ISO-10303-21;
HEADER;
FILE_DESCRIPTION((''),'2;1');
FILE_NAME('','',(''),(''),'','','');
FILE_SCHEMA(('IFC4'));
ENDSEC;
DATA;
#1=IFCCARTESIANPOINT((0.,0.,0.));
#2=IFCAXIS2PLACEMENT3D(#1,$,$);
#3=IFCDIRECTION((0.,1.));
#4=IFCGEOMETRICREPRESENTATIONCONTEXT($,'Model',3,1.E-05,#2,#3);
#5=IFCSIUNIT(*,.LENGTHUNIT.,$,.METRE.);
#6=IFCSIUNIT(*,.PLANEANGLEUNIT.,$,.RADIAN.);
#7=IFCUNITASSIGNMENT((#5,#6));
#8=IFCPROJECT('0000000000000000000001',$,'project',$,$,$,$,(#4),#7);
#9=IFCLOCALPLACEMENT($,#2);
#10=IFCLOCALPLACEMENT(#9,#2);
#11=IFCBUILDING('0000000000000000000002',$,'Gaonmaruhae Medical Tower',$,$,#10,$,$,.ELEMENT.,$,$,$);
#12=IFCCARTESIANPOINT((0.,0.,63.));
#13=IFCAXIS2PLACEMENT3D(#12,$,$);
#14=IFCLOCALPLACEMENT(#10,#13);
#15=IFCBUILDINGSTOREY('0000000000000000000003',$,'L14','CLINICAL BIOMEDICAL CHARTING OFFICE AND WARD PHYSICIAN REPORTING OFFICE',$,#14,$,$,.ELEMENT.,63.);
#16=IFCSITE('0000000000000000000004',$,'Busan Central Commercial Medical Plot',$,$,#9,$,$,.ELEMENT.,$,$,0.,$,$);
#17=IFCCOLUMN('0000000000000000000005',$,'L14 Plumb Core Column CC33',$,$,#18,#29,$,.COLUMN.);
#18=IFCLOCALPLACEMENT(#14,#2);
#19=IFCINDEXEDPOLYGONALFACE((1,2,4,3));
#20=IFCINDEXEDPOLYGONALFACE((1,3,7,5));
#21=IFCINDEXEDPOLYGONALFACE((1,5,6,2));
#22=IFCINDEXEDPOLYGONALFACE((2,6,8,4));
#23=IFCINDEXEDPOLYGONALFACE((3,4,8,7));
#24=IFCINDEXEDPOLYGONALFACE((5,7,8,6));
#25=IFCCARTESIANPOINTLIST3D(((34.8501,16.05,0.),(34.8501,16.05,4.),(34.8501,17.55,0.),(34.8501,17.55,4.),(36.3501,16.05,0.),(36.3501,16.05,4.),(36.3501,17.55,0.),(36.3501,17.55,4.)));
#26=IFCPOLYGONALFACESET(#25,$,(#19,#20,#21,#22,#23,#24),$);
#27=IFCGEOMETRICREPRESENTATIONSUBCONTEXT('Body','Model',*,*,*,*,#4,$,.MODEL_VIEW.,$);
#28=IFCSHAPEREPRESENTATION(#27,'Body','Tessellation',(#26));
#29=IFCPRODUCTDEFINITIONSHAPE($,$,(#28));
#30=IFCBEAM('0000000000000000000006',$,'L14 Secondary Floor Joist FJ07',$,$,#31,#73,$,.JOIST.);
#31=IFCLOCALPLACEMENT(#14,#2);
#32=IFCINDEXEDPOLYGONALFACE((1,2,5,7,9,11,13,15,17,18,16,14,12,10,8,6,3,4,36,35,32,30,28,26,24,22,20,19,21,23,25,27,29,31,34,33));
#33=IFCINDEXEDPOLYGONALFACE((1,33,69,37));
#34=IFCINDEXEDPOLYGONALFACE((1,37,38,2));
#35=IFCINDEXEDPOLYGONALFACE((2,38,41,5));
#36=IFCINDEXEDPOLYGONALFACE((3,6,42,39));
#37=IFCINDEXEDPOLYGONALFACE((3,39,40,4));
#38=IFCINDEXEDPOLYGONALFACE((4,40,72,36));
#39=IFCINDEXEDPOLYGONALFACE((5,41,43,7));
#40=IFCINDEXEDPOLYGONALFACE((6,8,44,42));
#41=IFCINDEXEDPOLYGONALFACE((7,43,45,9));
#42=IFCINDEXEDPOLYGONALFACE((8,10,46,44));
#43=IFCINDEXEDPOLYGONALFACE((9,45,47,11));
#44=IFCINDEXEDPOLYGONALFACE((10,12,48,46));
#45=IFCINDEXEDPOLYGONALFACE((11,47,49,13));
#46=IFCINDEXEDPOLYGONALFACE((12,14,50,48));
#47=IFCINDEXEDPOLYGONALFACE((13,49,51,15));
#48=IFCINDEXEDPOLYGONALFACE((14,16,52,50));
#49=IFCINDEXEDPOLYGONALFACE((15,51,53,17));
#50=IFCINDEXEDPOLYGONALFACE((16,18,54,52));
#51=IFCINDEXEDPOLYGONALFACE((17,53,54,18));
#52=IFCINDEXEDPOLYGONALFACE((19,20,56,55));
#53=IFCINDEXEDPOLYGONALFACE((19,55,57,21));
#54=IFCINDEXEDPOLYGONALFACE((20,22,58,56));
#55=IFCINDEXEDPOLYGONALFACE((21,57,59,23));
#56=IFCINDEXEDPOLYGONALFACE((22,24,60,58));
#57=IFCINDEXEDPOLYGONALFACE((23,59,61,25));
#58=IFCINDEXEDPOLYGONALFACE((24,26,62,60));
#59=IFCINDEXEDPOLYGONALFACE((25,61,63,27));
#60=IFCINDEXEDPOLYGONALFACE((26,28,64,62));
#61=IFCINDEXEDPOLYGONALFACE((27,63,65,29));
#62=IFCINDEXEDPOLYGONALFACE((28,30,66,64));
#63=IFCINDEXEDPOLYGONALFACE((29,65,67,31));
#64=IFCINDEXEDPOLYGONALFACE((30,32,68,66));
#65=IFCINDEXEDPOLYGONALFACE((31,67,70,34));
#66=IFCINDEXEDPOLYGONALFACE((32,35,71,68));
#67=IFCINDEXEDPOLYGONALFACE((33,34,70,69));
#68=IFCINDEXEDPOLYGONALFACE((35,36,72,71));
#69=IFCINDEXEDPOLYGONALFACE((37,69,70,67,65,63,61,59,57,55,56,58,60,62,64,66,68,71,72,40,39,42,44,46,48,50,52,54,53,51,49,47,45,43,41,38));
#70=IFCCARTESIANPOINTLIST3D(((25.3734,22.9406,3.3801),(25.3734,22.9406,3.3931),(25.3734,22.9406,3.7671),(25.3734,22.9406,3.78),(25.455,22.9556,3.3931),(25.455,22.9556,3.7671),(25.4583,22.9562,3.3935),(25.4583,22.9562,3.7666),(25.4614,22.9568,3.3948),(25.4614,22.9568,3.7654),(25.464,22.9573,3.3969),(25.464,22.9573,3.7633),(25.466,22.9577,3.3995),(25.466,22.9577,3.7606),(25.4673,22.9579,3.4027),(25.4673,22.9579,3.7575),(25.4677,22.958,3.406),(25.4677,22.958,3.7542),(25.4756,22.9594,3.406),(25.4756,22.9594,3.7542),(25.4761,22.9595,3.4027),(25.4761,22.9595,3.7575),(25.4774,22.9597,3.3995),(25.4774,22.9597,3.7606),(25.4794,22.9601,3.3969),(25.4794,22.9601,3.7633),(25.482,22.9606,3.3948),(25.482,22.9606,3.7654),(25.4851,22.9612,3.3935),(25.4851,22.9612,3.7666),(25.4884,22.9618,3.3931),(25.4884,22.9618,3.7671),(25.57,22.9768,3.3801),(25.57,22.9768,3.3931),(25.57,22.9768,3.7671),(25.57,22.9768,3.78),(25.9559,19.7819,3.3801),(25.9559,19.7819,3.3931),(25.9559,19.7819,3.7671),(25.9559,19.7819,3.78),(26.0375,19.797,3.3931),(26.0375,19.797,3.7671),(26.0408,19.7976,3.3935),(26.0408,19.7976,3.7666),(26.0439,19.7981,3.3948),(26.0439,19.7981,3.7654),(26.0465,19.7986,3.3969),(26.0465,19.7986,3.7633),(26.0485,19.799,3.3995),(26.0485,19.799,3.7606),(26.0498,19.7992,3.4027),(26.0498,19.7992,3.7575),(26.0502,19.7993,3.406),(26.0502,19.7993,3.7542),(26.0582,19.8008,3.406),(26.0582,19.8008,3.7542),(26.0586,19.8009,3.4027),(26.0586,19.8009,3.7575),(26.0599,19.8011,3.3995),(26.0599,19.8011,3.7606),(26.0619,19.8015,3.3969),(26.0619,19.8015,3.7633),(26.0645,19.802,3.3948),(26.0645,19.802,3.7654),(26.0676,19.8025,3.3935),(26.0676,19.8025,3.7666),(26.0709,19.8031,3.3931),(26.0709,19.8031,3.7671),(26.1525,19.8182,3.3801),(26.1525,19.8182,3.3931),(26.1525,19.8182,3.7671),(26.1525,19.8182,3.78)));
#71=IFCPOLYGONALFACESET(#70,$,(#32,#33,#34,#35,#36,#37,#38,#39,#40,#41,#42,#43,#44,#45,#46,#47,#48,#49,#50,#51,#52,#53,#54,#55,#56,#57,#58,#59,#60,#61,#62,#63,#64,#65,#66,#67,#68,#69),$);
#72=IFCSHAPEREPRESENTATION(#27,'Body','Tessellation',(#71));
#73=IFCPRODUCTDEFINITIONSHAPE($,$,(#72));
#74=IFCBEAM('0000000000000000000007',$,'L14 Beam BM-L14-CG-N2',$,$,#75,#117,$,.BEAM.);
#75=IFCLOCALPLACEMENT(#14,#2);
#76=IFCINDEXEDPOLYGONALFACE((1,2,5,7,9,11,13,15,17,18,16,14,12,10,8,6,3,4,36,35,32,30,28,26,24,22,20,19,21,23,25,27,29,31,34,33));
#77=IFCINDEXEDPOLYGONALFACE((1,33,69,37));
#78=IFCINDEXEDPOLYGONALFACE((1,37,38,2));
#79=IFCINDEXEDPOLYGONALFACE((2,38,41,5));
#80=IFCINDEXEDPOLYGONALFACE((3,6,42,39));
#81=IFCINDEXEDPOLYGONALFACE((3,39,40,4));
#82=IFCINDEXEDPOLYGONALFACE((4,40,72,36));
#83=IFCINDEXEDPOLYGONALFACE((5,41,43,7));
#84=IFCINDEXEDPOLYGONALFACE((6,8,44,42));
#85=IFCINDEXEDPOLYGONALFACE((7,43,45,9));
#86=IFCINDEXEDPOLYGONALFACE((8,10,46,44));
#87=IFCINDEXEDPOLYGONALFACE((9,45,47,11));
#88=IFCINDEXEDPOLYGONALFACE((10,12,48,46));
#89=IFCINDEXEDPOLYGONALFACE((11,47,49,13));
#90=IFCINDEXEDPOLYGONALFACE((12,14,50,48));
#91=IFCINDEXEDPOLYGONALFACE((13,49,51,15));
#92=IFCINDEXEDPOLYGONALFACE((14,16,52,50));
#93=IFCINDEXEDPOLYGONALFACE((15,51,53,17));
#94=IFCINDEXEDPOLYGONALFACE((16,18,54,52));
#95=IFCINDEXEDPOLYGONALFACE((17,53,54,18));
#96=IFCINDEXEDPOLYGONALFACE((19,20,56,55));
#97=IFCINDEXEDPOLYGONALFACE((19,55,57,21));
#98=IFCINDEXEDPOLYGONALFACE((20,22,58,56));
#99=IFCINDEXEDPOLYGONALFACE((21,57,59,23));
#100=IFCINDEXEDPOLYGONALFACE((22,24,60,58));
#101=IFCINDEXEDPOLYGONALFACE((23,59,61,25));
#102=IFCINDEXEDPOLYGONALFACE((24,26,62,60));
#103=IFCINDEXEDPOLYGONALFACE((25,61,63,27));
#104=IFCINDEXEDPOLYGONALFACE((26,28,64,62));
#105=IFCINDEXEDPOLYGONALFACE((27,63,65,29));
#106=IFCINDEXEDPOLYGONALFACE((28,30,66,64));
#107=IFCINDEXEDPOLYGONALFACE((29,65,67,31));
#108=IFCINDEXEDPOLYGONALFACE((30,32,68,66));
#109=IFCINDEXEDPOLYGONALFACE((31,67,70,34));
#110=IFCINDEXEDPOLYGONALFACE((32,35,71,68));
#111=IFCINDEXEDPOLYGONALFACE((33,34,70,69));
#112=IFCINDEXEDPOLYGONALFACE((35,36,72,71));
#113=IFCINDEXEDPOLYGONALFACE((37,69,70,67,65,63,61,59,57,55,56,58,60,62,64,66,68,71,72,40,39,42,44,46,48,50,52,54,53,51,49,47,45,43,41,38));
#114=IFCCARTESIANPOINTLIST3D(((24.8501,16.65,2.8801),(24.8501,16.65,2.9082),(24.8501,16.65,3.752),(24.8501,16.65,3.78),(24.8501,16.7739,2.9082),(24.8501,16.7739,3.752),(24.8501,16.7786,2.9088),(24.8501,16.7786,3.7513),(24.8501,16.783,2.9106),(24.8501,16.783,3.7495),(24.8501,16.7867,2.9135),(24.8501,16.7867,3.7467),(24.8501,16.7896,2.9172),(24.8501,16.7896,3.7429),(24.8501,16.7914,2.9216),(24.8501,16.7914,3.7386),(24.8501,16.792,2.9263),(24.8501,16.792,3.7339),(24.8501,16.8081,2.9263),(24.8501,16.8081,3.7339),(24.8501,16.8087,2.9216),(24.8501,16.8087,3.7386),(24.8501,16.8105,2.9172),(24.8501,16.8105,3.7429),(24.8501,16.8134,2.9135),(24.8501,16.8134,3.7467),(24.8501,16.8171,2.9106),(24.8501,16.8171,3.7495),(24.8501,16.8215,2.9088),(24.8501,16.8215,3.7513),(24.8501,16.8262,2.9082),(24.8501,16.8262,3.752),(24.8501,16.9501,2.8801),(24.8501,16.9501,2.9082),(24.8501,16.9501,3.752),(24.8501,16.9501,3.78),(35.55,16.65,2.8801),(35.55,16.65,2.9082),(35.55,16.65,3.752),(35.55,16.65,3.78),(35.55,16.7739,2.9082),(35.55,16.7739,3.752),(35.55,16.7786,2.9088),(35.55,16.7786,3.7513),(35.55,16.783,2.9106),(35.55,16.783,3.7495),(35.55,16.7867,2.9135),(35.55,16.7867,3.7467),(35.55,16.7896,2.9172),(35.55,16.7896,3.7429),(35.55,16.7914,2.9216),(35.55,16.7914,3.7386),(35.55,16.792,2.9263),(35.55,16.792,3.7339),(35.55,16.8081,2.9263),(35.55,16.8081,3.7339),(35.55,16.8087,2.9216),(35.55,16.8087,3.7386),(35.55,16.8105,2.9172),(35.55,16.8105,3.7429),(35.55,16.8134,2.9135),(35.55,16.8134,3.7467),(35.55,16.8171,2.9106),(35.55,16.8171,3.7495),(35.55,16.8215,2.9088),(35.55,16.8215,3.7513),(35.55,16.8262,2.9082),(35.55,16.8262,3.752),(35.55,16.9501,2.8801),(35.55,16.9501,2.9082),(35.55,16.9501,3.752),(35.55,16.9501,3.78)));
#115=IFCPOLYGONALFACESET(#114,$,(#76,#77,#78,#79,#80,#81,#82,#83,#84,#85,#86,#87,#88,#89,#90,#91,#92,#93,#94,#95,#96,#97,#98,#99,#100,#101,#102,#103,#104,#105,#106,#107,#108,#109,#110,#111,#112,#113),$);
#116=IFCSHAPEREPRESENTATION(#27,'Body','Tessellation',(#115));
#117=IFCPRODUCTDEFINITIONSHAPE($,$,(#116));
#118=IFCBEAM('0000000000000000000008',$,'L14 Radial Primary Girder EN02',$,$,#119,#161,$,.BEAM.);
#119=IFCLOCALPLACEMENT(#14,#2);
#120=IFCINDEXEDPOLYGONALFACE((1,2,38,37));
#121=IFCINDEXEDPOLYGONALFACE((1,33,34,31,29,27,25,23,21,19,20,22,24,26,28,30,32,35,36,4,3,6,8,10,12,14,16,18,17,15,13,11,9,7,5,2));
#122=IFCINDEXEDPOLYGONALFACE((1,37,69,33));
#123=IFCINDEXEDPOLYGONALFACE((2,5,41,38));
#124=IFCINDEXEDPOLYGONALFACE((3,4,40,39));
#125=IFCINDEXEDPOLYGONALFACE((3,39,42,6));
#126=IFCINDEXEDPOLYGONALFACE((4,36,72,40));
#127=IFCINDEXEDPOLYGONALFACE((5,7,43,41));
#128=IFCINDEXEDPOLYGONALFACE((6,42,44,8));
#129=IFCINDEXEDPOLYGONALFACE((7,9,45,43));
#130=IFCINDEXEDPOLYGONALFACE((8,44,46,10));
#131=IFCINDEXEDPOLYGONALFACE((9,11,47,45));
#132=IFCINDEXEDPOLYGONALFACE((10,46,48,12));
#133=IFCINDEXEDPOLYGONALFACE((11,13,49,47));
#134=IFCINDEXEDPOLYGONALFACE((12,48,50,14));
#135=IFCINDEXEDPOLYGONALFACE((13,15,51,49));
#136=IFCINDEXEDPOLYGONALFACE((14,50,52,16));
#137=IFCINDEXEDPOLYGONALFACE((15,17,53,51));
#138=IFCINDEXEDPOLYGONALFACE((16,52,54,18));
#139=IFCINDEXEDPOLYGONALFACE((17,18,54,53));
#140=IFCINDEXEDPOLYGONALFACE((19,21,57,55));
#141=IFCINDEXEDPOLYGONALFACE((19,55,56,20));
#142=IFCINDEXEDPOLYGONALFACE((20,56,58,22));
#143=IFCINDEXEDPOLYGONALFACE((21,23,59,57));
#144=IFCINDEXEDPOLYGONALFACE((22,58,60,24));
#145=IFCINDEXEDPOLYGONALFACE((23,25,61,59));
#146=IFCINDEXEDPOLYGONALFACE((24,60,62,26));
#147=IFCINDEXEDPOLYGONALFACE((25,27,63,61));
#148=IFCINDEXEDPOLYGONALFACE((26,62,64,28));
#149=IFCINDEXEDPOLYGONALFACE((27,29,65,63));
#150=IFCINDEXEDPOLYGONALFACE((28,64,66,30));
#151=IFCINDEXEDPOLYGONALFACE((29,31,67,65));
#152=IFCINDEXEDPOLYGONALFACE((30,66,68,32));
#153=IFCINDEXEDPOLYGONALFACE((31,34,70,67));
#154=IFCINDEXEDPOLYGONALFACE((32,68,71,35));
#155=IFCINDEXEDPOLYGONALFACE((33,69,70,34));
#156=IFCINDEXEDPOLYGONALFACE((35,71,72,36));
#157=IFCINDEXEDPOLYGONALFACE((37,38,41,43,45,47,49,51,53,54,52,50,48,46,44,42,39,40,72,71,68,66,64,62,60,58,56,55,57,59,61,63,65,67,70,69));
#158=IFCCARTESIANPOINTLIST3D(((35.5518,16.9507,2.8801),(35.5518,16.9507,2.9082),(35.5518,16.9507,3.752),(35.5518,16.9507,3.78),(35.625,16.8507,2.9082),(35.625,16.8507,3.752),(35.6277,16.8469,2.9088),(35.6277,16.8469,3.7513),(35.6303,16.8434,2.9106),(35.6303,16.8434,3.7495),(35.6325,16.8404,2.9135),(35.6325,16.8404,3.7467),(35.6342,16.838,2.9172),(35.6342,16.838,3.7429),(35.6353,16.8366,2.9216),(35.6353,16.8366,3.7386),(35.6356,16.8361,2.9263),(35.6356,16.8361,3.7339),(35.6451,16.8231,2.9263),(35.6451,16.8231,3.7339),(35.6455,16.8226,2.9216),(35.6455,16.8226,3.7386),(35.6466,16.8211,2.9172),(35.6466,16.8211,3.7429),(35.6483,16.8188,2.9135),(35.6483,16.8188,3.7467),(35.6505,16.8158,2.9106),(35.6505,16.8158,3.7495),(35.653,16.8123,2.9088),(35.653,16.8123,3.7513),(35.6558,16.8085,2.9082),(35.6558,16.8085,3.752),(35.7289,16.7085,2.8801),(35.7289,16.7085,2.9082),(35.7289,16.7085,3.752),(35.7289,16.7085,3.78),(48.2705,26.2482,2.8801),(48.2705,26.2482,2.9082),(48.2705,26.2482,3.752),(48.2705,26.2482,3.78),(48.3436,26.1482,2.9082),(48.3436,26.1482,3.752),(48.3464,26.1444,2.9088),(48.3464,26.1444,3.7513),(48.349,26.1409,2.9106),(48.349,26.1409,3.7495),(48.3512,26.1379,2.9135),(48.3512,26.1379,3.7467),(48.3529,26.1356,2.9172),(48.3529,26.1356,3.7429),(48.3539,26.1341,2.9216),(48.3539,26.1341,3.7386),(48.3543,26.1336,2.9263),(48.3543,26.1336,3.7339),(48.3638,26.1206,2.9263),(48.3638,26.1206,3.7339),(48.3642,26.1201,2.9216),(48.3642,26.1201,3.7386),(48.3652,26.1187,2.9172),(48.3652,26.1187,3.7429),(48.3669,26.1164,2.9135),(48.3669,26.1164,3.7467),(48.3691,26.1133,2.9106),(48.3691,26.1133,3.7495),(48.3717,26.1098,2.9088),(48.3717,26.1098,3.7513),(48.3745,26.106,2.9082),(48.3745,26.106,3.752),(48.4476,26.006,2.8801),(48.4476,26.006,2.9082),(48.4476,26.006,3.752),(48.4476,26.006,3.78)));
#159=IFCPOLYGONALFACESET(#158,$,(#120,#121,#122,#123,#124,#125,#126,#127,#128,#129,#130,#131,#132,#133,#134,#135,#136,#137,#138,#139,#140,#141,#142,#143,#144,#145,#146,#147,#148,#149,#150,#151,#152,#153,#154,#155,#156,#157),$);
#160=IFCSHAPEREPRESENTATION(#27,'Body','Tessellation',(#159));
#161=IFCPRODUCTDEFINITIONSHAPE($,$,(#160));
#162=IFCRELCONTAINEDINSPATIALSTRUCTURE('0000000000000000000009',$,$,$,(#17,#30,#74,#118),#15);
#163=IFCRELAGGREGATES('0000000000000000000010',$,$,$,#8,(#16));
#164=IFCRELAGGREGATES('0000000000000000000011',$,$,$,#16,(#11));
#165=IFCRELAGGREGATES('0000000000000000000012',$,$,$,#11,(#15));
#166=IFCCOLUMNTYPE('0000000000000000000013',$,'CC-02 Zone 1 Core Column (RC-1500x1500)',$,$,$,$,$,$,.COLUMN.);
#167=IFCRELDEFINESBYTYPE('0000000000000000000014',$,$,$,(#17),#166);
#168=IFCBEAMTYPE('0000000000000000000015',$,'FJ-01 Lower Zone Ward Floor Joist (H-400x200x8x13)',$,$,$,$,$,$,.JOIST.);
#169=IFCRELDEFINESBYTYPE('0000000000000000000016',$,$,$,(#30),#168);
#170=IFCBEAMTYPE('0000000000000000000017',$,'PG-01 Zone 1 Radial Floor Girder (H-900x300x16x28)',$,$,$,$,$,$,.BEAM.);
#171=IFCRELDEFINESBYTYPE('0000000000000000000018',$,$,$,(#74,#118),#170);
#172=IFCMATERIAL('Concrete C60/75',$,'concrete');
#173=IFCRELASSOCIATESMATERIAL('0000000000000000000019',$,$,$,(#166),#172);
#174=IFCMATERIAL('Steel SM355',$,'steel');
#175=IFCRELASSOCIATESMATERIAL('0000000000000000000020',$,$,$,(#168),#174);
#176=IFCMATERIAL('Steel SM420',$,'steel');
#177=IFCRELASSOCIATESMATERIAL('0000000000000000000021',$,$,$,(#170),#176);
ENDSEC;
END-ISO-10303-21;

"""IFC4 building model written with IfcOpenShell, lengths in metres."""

from ifc_helpers import new_model, si_unit, direction, frame, origin, origin_2d, place, context, subcontext, project, spatial, rectangle, i_section, extrude, material, material_profile, profile_set, type_object, element, save


model = new_model("IFC4")

# Units and contexts
model_context = context("Model", 3, precision=1e-05, world=origin(), true_north=direction((0.0, 1.0)))
body_context = subcontext(model_context, "Body", "Model", "MODEL_VIEW")
ifc_project = project(units=[si_unit("LENGTHUNIT", "METRE"), si_unit("PLANEANGLEUNIT", "RADIAN")], contexts=[model_context])

# Site, building, storey
site_placement = place(None, origin())
site = spatial("IfcSite", under=ifc_project, at=site_placement, Name="Busan Central Commercial Medical Plot", CompositionType="ELEMENT", RefElevation=0.0)
building_placement = place(site_placement, origin())
building = spatial("IfcBuilding", under=site, at=building_placement, Name="Gaonmaruhae Medical Tower", CompositionType="ELEMENT")
storey_placement = place(building_placement, frame((0.0, 0.0, 63.0)))
storey = spatial("IfcBuildingStorey", under=building, at=storey_placement, Name="L14", Description="CLINICAL BIOMEDICAL CHARTING OFFICE AND WARD PHYSICIAN REPORTING OFFICE", CompositionType="ELEMENT", Elevation=63.0)

# Column
ifc_material_1 = material(Name="Concrete C60/75", Category="concrete")
ifc_material_profile_1 = material_profile(ifc_material_1, rectangle(XDim=1.5, YDim=1.5, at=origin_2d()), Name="RC-1500x1500")
ifc_profile_set_1 = profile_set([ifc_material_profile_1], Name="Concrete C60/75")
column_type = type_object("IfcColumnType", Name="CC-02 Zone 1 Core Column (RC-1500x1500)", PredefinedType="COLUMN", material=ifc_profile_set_1)
column_placement = place(storey_placement, frame((35.6001, 16.8, 0.0), z_axis=(0.0, 0.0, 1.0), x_axis=(1.0, 0.0, 0.0)))
element("IfcColumn", 1, at=column_placement, inside=storey, type_object=column_type, Name="L14 Plumb Core Column CC33", PredefinedType="COLUMN", context=body_context, shape_type="SweptSolid", body=[
    extrude(rectangle(XDim=1.5, YDim=1.5, at=origin_2d()), origin(), (0.0, 0.0, 1.0), 4.0),
])

# Beams
ifc_material_2 = material(Name="Steel SM355", Category="steel")
ifc_material_profile_2 = material_profile(ifc_material_2, i_section(OverallWidth=0.2, OverallDepth=0.3999, WebThickness=0.0081, FlangeThickness=0.0129, FilletRadius=0.0129, at=origin_2d()), Name="H-400x200x8x13")
ifc_profile_set_2 = profile_set([ifc_material_profile_2], Name="Steel SM355")
beam_type_1 = type_object("IfcBeamType", Name="FJ-01 Lower Zone Ward Floor Joist (H-400x200x8x13)", PredefinedType="JOIST", material=ifc_profile_set_2)
beam_1_placement = place(storey_placement, frame((26.0542, 19.8, 3.5801), z_axis=(-0.18136, 0.983417, 0.0), x_axis=(-0.983417, -0.18136, 0.0)))
element("IfcBeam", 2, at=beam_1_placement, inside=storey, type_object=beam_type_1, Name="L14 Secondary Floor Joist FJ07", PredefinedType="JOIST", context=body_context, shape_type="SweptSolid", body=[
    extrude(i_section(OverallWidth=0.2, OverallDepth=0.3999, WebThickness=0.0081, FlangeThickness=0.0129, FilletRadius=0.0129, at=origin_2d()), origin(), (0.0, 0.0, 1.0), 3.2119),
])
ifc_material_3 = material(Name="Steel SM420", Category="steel")
ifc_material_profile_3 = material_profile(ifc_material_3, i_section(OverallWidth=0.3, OverallDepth=0.8999, WebThickness=0.0161, FlangeThickness=0.0281, FilletRadius=0.0181, at=origin_2d()), Name="H-900x300x16x28")
ifc_profile_set_3 = profile_set([ifc_material_profile_3], Name="Steel SM420")
beam_type_2 = type_object("IfcBeamType", Name="PG-01 Zone 1 Radial Floor Girder (H-900x300x16x28)", PredefinedType="BEAM", material=ifc_profile_set_3)
beam_2_placement = place(storey_placement, frame((24.8501, 16.8, 3.3301), z_axis=(1.0, 0.0, 0.0), x_axis=(0.0, 1.0, 0.0)))
element("IfcBeam", 3, at=beam_2_placement, inside=storey, type_object=beam_type_2, Name="L14 Beam BM-L14-CG-N2", PredefinedType="BEAM", context=body_context, shape_type="SweptSolid", body=[
    extrude(i_section(OverallWidth=0.3, OverallDepth=0.8999, WebThickness=0.0161, FlangeThickness=0.0281, FilletRadius=0.0181, at=origin_2d()), origin(), (0.0, 0.0, 1.0), 10.7),
])
beam_3_placement = place(storey_placement, frame((35.6404, 16.8296, 3.3301), z_axis=(0.807296, 0.590146, 0.0), x_axis=(-0.590146, 0.807296, 0.0)))
element("IfcBeam", 4, at=beam_3_placement, inside=storey, type_object=beam_type_2, Name="L14 Radial Primary Girder EN02", PredefinedType="BEAM", context=body_context, shape_type="SweptSolid", body=[
    extrude(i_section(OverallWidth=0.3, OverallDepth=0.8999, WebThickness=0.0161, FlangeThickness=0.0281, FilletRadius=0.0181, at=origin_2d()), origin(), (0.0, 0.0, 1.0), 15.7546),
])

save(model, "model.ifc")
